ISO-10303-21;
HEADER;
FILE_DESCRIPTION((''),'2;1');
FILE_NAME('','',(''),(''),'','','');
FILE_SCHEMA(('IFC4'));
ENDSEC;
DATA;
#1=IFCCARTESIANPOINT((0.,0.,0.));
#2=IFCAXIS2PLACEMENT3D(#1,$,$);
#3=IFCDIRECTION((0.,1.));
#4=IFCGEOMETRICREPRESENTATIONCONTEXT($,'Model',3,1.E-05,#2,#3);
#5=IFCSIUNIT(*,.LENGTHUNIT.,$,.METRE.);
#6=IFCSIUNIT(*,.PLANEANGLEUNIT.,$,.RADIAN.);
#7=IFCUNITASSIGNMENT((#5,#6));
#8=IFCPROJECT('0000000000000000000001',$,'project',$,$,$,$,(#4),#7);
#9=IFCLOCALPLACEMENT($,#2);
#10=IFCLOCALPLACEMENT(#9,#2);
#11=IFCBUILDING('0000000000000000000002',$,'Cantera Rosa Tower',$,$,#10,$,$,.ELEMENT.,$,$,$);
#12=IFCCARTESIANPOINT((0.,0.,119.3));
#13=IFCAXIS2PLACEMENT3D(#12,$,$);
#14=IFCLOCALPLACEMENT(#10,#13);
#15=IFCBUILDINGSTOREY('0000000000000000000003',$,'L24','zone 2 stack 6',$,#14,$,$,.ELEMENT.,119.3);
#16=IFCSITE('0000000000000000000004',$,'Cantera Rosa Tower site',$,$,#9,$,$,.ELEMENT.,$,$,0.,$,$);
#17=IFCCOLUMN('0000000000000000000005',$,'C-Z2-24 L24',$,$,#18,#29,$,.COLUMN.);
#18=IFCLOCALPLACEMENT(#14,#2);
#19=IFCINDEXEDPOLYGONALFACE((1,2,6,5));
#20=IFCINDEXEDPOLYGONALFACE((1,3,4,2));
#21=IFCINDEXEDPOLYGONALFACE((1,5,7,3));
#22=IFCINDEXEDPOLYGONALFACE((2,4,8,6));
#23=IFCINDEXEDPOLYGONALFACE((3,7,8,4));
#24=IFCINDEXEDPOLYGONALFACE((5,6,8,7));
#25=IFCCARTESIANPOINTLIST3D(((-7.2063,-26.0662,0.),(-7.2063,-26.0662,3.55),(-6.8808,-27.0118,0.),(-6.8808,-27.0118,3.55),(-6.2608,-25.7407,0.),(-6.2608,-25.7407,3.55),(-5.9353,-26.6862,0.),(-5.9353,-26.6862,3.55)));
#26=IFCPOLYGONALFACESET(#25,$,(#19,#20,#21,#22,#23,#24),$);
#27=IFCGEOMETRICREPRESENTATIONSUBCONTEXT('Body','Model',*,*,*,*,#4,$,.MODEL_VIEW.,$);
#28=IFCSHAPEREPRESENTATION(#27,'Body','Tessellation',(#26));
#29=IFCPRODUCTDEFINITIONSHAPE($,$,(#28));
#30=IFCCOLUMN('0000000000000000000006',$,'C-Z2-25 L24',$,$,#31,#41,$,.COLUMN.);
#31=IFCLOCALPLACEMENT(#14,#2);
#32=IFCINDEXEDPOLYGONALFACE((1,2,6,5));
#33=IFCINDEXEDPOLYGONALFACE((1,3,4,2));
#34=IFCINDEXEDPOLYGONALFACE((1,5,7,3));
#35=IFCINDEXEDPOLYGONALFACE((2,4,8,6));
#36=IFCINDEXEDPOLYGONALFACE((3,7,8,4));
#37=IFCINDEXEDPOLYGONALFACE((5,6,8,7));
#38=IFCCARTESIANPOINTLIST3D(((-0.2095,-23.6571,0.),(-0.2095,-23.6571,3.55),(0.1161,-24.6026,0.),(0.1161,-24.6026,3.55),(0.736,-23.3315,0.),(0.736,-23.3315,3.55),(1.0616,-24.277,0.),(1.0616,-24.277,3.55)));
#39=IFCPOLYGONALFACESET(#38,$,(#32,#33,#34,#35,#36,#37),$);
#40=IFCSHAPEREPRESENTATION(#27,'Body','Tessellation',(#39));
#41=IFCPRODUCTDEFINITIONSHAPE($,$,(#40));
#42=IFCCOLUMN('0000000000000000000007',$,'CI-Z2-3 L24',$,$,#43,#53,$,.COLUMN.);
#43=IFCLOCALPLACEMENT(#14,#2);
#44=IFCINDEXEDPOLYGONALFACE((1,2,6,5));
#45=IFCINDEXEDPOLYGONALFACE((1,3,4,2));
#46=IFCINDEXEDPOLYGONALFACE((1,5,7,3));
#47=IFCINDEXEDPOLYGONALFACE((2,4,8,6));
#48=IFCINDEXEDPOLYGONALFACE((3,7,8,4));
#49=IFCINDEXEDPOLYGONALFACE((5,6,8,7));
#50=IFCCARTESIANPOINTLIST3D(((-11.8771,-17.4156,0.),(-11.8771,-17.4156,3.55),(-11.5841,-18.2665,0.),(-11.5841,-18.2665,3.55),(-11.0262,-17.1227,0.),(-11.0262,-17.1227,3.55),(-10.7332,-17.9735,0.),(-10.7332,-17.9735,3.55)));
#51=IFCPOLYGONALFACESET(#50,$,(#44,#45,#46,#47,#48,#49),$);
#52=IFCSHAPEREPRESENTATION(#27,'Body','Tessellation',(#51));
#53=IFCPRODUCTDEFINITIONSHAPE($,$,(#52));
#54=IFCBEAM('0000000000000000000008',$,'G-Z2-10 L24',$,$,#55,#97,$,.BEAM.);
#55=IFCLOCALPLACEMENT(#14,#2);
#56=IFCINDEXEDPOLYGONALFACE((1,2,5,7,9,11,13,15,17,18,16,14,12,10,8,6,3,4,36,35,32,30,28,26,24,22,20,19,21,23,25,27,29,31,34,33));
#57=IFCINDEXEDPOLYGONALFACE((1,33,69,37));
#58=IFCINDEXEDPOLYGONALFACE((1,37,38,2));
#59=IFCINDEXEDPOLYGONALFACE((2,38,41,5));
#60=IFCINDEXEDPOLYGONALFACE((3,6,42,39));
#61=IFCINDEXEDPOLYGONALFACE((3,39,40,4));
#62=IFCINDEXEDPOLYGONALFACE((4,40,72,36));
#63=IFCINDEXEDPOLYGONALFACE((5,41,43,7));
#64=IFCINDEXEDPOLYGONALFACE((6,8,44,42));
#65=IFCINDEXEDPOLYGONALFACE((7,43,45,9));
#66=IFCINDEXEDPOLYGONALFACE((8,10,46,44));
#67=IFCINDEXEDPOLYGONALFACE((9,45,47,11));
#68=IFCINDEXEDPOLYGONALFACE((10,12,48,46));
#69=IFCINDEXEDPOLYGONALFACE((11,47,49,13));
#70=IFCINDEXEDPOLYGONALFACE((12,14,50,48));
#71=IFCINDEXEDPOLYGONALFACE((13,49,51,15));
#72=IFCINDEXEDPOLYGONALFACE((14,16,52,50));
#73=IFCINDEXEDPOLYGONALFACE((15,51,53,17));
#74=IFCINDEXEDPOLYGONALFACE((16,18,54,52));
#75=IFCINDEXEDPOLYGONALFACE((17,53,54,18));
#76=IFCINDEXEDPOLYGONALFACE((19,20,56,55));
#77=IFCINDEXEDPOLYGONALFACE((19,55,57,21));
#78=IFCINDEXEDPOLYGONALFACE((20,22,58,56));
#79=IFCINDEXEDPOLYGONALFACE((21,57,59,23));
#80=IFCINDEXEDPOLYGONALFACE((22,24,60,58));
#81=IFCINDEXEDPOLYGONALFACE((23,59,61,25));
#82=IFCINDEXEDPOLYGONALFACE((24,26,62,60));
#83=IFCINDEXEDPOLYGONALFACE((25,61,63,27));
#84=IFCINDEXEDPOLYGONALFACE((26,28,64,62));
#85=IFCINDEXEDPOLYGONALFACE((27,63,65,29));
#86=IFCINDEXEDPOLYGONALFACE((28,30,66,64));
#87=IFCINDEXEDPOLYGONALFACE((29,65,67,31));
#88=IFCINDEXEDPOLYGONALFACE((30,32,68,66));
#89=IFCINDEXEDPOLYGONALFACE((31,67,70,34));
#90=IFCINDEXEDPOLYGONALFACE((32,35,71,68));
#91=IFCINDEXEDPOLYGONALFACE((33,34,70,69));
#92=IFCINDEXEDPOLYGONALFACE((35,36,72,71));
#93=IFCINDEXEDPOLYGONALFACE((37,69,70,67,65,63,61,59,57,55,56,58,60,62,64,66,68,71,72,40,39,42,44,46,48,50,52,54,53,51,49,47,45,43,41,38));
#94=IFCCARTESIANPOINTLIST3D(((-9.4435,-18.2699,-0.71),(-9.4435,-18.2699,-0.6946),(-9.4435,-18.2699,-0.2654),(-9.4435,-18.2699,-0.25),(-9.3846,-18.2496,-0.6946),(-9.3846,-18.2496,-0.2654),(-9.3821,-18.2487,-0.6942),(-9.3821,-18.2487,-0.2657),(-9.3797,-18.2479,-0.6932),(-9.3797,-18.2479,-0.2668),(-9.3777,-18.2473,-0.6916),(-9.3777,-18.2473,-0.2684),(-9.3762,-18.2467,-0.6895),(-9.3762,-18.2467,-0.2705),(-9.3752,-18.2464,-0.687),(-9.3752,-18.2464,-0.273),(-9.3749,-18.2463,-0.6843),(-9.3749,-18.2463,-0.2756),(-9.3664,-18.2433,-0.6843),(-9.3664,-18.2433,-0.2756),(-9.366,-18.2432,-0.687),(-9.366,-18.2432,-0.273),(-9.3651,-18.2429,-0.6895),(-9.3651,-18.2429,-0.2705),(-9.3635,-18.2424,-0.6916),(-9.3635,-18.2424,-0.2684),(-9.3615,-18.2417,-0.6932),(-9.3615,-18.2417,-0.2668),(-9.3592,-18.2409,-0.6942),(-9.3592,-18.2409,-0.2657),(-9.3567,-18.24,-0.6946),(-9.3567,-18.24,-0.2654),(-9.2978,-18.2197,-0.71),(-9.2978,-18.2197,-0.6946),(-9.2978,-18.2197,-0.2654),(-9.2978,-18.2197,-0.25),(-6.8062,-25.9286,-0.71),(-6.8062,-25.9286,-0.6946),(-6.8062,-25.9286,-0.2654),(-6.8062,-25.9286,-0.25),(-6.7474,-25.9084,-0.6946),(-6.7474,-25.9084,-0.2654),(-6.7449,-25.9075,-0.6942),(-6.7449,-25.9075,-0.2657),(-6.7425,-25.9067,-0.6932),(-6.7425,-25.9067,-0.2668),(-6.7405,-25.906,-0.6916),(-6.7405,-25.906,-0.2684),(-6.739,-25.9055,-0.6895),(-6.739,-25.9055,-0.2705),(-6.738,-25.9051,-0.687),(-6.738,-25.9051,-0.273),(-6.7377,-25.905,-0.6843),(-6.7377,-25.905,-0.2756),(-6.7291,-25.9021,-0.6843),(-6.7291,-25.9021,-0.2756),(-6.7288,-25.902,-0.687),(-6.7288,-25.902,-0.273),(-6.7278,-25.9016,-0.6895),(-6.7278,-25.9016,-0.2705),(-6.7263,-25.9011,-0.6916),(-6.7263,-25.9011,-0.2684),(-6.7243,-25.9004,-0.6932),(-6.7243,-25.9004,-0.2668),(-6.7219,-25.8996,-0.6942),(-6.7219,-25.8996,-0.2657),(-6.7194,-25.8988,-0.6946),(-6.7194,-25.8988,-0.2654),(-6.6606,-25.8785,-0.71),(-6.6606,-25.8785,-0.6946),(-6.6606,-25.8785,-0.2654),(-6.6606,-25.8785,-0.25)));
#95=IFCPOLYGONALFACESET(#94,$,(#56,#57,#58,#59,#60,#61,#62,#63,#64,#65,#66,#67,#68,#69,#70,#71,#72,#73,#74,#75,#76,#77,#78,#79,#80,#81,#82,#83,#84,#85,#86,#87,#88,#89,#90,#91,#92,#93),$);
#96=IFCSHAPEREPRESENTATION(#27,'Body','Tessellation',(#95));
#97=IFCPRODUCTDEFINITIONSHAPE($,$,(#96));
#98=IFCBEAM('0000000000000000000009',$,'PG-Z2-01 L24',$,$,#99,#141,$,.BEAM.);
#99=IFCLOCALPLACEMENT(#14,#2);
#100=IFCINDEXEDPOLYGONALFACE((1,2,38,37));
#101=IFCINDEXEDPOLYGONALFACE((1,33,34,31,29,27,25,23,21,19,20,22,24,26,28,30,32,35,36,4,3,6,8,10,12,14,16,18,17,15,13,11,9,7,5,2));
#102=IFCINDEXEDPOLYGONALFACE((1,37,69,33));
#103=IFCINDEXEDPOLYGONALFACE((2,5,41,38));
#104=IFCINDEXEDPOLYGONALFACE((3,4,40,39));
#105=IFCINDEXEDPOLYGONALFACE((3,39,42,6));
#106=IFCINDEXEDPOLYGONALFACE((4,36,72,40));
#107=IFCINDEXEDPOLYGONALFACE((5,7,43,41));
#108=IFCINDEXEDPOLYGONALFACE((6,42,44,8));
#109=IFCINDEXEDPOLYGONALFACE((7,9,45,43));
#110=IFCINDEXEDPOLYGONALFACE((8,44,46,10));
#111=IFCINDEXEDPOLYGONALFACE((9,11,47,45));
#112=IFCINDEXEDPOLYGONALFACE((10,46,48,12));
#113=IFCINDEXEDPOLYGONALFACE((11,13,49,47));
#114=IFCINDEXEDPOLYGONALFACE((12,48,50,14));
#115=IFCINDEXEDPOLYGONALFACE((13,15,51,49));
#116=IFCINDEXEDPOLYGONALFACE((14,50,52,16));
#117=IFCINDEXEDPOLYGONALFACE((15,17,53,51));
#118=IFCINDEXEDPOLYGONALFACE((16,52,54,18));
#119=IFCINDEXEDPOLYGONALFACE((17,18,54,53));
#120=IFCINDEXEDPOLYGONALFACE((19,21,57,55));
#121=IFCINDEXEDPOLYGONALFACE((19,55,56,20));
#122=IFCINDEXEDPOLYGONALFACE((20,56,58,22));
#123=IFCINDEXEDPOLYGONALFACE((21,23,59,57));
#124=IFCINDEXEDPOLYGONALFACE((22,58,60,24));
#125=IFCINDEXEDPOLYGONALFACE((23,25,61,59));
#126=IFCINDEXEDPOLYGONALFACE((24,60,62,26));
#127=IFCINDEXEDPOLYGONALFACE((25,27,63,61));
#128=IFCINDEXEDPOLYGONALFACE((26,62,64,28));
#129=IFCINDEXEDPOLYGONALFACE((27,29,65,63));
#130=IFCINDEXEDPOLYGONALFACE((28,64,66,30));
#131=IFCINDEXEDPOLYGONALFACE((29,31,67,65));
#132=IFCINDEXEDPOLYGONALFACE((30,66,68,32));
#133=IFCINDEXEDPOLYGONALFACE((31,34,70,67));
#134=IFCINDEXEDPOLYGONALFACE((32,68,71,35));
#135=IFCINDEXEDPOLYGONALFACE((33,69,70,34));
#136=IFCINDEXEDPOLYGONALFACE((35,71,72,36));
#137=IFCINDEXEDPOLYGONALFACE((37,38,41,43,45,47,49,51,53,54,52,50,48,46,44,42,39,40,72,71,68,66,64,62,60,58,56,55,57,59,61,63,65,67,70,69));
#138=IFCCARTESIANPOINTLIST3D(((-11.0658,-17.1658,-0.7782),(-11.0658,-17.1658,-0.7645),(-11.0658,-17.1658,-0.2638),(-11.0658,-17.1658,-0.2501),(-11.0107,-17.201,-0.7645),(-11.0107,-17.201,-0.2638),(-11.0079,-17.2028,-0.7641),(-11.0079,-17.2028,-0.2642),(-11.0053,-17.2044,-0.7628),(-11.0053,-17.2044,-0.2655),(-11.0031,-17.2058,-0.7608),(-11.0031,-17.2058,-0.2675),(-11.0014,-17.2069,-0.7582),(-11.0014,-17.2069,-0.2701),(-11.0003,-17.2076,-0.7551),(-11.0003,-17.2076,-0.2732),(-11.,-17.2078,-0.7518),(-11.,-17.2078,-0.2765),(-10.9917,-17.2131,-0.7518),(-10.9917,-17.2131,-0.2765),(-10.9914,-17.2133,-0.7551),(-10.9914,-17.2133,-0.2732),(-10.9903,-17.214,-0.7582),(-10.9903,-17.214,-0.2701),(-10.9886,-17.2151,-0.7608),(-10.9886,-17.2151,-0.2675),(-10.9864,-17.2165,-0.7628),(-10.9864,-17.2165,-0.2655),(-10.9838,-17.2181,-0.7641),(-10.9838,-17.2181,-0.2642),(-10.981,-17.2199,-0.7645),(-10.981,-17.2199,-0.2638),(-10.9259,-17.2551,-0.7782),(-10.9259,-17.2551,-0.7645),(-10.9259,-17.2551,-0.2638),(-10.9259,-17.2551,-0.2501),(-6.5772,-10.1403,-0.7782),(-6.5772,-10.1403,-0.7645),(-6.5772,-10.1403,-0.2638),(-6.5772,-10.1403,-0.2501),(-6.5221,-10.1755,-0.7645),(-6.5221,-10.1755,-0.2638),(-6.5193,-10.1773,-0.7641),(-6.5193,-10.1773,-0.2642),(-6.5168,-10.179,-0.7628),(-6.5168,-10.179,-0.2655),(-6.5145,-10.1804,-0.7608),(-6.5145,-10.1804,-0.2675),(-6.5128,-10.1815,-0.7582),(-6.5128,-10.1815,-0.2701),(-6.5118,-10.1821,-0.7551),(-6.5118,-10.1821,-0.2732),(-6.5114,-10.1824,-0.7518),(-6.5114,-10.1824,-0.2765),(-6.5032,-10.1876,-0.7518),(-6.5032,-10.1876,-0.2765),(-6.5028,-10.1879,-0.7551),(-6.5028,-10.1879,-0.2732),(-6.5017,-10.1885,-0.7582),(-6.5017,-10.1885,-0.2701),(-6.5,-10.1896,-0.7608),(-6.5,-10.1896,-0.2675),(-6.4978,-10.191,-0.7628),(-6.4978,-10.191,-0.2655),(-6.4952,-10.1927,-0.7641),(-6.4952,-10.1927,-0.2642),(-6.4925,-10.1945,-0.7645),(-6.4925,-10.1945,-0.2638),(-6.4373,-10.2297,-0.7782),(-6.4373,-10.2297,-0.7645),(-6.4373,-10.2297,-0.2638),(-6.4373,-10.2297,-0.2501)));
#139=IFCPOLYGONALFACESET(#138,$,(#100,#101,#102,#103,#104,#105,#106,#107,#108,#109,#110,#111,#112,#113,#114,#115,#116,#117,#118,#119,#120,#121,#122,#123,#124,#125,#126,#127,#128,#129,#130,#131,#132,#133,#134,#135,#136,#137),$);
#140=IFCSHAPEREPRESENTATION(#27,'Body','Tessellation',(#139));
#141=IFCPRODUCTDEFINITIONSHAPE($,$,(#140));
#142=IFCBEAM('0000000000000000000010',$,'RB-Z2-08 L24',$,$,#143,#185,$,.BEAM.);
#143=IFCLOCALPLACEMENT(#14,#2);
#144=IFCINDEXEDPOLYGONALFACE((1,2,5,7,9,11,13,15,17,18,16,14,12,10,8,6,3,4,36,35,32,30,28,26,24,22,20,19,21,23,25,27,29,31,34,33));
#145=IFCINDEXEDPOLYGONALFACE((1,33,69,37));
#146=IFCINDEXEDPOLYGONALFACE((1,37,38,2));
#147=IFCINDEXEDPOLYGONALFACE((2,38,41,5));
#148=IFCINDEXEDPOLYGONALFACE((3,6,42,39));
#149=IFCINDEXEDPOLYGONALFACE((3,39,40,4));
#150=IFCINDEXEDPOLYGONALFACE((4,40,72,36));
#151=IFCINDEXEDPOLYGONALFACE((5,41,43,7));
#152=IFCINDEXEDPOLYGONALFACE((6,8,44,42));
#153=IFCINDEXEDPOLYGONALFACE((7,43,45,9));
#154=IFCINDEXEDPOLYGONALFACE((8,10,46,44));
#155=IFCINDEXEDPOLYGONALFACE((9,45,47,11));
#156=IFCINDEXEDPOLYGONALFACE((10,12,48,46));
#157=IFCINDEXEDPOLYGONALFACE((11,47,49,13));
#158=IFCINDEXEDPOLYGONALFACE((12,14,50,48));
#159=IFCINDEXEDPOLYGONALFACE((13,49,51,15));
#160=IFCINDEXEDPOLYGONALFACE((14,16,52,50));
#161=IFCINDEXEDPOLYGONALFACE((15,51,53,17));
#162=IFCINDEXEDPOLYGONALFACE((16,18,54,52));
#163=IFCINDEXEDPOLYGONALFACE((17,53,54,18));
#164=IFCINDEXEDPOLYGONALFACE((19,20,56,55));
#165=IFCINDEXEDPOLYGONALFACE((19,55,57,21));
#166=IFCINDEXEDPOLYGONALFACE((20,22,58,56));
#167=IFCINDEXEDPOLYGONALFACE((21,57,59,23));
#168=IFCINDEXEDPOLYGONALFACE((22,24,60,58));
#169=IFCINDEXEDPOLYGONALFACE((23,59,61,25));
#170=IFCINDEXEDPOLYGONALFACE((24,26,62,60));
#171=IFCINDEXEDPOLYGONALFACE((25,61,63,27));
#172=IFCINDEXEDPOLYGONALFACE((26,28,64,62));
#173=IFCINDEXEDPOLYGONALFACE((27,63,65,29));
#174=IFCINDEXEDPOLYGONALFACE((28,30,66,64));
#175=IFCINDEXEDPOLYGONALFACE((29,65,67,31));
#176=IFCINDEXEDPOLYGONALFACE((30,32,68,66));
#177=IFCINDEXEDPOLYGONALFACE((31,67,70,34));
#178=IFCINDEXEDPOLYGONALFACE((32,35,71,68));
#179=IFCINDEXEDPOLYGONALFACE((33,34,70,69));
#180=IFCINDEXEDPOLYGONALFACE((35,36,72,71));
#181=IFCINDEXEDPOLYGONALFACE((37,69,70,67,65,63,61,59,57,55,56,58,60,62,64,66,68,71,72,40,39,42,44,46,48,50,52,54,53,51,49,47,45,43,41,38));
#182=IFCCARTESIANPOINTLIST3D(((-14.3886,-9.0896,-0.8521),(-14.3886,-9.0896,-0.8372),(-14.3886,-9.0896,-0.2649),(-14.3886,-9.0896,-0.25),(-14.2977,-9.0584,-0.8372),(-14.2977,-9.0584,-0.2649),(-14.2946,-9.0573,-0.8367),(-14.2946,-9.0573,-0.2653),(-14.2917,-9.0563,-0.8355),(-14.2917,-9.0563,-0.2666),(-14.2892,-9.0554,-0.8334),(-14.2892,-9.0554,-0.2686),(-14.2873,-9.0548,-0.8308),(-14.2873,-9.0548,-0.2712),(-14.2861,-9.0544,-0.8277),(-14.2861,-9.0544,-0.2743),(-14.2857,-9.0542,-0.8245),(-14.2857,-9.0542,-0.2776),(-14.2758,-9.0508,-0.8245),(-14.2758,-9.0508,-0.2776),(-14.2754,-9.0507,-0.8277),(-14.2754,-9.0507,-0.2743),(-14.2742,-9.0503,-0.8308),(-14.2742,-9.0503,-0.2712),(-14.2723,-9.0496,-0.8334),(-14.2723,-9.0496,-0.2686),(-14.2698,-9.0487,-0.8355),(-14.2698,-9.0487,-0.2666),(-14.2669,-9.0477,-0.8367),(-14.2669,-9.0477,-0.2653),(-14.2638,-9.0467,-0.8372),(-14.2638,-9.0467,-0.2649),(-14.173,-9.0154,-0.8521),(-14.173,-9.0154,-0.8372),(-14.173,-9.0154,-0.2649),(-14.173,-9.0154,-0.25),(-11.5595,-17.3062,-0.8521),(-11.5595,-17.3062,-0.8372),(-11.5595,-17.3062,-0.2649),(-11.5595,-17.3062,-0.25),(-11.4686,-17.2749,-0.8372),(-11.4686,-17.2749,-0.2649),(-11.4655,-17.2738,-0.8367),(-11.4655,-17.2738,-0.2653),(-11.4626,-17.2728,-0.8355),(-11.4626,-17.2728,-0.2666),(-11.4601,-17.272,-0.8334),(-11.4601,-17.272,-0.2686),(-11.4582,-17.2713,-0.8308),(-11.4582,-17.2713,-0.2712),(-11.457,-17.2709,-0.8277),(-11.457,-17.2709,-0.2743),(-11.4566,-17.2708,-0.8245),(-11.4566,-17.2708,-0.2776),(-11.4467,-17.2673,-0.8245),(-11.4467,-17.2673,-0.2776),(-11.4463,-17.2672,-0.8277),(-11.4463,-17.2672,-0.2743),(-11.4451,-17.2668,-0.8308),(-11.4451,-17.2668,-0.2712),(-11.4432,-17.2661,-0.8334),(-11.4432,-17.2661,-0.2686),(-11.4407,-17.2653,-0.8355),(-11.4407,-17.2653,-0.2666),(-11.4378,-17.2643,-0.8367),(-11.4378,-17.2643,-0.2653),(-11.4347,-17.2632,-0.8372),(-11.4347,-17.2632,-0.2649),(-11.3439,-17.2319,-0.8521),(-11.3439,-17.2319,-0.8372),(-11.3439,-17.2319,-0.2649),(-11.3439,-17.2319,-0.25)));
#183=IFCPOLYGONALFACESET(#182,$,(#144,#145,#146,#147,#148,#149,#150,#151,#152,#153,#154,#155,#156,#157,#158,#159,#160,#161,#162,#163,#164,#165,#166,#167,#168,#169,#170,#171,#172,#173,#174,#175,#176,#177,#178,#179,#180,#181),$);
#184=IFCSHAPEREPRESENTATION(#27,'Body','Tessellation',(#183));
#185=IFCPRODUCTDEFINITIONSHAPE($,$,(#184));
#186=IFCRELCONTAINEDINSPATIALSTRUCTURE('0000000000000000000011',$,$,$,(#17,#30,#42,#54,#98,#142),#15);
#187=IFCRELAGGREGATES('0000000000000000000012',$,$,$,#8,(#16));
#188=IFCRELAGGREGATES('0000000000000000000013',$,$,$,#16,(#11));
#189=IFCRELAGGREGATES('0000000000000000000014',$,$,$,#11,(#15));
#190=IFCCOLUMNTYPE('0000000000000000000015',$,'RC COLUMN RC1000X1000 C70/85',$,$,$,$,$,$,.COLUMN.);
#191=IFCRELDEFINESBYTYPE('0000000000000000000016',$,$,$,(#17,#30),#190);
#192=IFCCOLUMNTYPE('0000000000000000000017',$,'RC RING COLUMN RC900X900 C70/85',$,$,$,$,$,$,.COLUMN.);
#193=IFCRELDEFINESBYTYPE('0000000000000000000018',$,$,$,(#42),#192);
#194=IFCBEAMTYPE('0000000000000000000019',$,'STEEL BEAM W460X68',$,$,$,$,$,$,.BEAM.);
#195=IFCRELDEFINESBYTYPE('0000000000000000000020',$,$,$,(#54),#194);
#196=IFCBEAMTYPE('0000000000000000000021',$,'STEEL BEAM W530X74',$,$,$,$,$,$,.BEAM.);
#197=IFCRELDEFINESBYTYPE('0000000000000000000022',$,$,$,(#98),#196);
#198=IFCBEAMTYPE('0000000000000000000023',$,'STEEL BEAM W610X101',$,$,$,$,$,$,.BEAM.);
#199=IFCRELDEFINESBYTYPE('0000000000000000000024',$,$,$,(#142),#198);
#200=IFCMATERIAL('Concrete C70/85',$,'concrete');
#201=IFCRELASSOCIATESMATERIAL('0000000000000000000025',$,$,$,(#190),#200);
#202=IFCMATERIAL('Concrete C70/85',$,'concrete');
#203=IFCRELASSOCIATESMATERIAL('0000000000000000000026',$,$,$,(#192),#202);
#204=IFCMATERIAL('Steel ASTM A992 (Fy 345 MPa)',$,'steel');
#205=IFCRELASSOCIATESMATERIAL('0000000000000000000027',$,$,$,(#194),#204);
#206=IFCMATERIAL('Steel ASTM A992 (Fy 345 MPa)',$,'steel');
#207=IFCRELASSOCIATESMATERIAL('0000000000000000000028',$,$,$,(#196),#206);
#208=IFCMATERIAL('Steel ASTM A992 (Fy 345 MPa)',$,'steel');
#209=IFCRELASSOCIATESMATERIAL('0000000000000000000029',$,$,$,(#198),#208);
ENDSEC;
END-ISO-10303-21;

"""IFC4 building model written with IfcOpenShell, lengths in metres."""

from ifc_helpers import new_model, si_unit, direction, frame, origin, origin_2d, place, context, subcontext, project, spatial, rectangle, i_section, extrude, material, material_profile, profile_set, type_object, element, save


model = new_model("IFC4")

# Units and contexts
model_context = context("Model", 3, precision=1e-05, world=origin(), true_north=direction((0.0, 1.0)))
body_context = subcontext(model_context, "Body", "Model", "MODEL_VIEW")
ifc_project = project(units=[si_unit("LENGTHUNIT", "METRE"), si_unit("PLANEANGLEUNIT", "RADIAN")], contexts=[model_context])

# Site, building, storey
site_placement = place(None, origin())
site = spatial("IfcSite", under=ifc_project, at=site_placement, Name="Cantera Rosa Tower site", CompositionType="ELEMENT", RefElevation=0.0)
building_placement = place(site_placement, origin())
building = spatial("IfcBuilding", under=site, at=building_placement, Name="Cantera Rosa Tower", CompositionType="ELEMENT")
storey_placement = place(building_placement, frame((0.0, 0.0, 119.3)))
storey = spatial("IfcBuildingStorey", under=building, at=storey_placement, Name="L24", Description="zone 2 stack 6", CompositionType="ELEMENT", Elevation=119.3)

# Columns
ifc_material_1 = material(Name="Concrete C70/85", Category="concrete")
ifc_material_profile_1 = material_profile(ifc_material_1, rectangle(XDim=1.0, YDim=1.0, at=origin_2d()), Name="RC COLUMN RC1000X1000 C70/85")
ifc_profile_set_1 = profile_set([ifc_material_profile_1], Name="Concrete C70/85")
column_type_1 = type_object("IfcColumnType", Name="RC COLUMN RC1000X1000 C70/85", PredefinedType="COLUMN", material=ifc_profile_set_1)
for number, where, z_axis, x_axis, name in (
    (1, (-6.5708, -26.3762, 0.0), (0.0, 0.0, 1.0), (0.945519, 0.325568, 0.0), "C-Z2-24 L24"),
    (2, (0.426, -23.967, 0.0), (0.0, 0.0, 1.0), (0.945519, 0.325568, 0.0), "C-Z2-25 L24"),
):
    element("IfcColumn", number, at=place(storey_placement, frame(where, z_axis=z_axis, x_axis=x_axis)), inside=storey, type_object=column_type_1, Name=name, PredefinedType="COLUMN", context=body_context, shape_type="SweptSolid", body=[
        extrude(rectangle(XDim=1.0, YDim=1.0, at=origin_2d()), origin(), (0.0, 0.0, 1.0), 3.55),
    ])
ifc_material_2 = material(Name="Concrete C70/85", Category="concrete")
ifc_material_profile_2 = material_profile(ifc_material_2, rectangle(XDim=0.8999, YDim=0.8999, at=origin_2d()), Name="RC RING COLUMN RC900X900 C70/85")
ifc_profile_set_2 = profile_set([ifc_material_profile_2], Name="Concrete C70/85")
column_type_2 = type_object("IfcColumnType", Name="RC RING COLUMN RC900X900 C70/85", PredefinedType="COLUMN", material=ifc_profile_set_2)
column_placement = place(storey_placement, frame((-11.3052, -17.6946, 0.0), z_axis=(0.0, 0.0, 1.0), x_axis=(0.945519, 0.325568, 0.0)))
element("IfcColumn", 3, at=column_placement, inside=storey, type_object=column_type_2, Name="CI-Z2-3 L24", PredefinedType="COLUMN", context=body_context, shape_type="SweptSolid", body=[
    extrude(rectangle(XDim=0.8999, YDim=0.8999, at=origin_2d()), origin(), (0.0, 0.0, 1.0), 3.55),
])

# Beams
ifc_material_3 = material(Name="Steel ASTM A992 (Fy 345 MPa)", Category="steel")
ifc_material_profile_3 = material_profile(ifc_material_3, i_section(OverallWidth=0.1541, OverallDepth=0.46, WebThickness=0.009, FlangeThickness=0.0154, FilletRadius=0.0103, at=origin_2d()), Name="W460X68")
ifc_profile_set_3 = profile_set([ifc_material_profile_3], Name="Steel ASTM A992 (Fy 345 MPa)")
beam_type_1 = type_object("IfcBeamType", Name="STEEL BEAM W460X68", PredefinedType="BEAM", material=ifc_profile_set_3)
beam_1_placement = place(storey_placement, frame((-6.7334, -25.9036, -0.48), z_axis=(-0.32558, 0.945514, 0.0), x_axis=(-0.945514, -0.32558, 0.0)))
element("IfcBeam", 4, at=beam_1_placement, inside=storey, type_object=beam_type_1, Name="G-Z2-10 L24", PredefinedType="BEAM", context=body_context, shape_type="SweptSolid", body=[
    extrude(i_section(OverallWidth=0.1541, OverallDepth=0.46, WebThickness=0.009, FlangeThickness=0.0154, FilletRadius=0.0103, at=origin_2d()), origin(), (0.0, 0.0, 1.0), 8.1001),
])
ifc_material_4 = material(Name="Steel ASTM A992 (Fy 345 MPa)", Category="steel")
ifc_material_profile_4 = material_profile(ifc_material_4, i_section(OverallWidth=0.166, OverallDepth=0.5281, WebThickness=0.0098, FlangeThickness=0.0137, FilletRadius=0.0127, at=origin_2d()), Name="W530X74")
ifc_profile_set_4 = profile_set([ifc_material_profile_4], Name="Steel ASTM A992 (Fy 345 MPa)")
beam_type_2 = type_object("IfcBeamType", Name="STEEL BEAM W530X74", PredefinedType="BEAM", material=ifc_profile_set_4)
beam_2_placement = place(storey_placement, frame((-10.9958, -17.2104, -0.5142), z_axis=(0.538396, 0.842692, 0.0), x_axis=(-0.842692, 0.538396, 0.0)))
element("IfcBeam", 5, at=beam_2_placement, inside=storey, type_object=beam_type_2, Name="PG-Z2-01 L24", PredefinedType="BEAM", context=body_context, shape_type="SweptSolid", body=[
    extrude(i_section(OverallWidth=0.166, OverallDepth=0.5281, WebThickness=0.0098, FlangeThickness=0.0137, FilletRadius=0.0127, at=origin_2d()), origin(), (0.0, 0.0, 1.0), 8.3369),
])
ifc_material_5 = material(Name="Steel ASTM A992 (Fy 345 MPa)", Category="steel")
ifc_material_profile_5 = material_profile(ifc_material_5, i_section(OverallWidth=0.228, OverallDepth=0.6021, WebThickness=0.0105, FlangeThickness=0.0149, FilletRadius=0.0127, at=origin_2d()), Name="W610X101")
ifc_profile_set_5 = profile_set([ifc_material_profile_5], Name="Steel ASTM A992 (Fy 345 MPa)")
beam_type_3 = type_object("IfcBeamType", Name="STEEL BEAM W610X101", PredefinedType="BEAM", material=ifc_profile_set_5)
beam_3_placement = place(storey_placement, frame((-11.4517, -17.269, -0.551), z_axis=(-0.325559, 0.945522, 0.0), x_axis=(-0.945522, -0.325559, 0.0)))
element("IfcBeam", 6, at=beam_3_placement, inside=storey, type_object=beam_type_3, Name="RB-Z2-08 L24", PredefinedType="BEAM", context=body_context, shape_type="SweptSolid", body=[
    extrude(i_section(OverallWidth=0.228, OverallDepth=0.6021, WebThickness=0.0105, FlangeThickness=0.0149, FilletRadius=0.0127, at=origin_2d()), origin(), (0.0, 0.0, 1.0), 8.6899),
])

save(model, "model.ifc")
